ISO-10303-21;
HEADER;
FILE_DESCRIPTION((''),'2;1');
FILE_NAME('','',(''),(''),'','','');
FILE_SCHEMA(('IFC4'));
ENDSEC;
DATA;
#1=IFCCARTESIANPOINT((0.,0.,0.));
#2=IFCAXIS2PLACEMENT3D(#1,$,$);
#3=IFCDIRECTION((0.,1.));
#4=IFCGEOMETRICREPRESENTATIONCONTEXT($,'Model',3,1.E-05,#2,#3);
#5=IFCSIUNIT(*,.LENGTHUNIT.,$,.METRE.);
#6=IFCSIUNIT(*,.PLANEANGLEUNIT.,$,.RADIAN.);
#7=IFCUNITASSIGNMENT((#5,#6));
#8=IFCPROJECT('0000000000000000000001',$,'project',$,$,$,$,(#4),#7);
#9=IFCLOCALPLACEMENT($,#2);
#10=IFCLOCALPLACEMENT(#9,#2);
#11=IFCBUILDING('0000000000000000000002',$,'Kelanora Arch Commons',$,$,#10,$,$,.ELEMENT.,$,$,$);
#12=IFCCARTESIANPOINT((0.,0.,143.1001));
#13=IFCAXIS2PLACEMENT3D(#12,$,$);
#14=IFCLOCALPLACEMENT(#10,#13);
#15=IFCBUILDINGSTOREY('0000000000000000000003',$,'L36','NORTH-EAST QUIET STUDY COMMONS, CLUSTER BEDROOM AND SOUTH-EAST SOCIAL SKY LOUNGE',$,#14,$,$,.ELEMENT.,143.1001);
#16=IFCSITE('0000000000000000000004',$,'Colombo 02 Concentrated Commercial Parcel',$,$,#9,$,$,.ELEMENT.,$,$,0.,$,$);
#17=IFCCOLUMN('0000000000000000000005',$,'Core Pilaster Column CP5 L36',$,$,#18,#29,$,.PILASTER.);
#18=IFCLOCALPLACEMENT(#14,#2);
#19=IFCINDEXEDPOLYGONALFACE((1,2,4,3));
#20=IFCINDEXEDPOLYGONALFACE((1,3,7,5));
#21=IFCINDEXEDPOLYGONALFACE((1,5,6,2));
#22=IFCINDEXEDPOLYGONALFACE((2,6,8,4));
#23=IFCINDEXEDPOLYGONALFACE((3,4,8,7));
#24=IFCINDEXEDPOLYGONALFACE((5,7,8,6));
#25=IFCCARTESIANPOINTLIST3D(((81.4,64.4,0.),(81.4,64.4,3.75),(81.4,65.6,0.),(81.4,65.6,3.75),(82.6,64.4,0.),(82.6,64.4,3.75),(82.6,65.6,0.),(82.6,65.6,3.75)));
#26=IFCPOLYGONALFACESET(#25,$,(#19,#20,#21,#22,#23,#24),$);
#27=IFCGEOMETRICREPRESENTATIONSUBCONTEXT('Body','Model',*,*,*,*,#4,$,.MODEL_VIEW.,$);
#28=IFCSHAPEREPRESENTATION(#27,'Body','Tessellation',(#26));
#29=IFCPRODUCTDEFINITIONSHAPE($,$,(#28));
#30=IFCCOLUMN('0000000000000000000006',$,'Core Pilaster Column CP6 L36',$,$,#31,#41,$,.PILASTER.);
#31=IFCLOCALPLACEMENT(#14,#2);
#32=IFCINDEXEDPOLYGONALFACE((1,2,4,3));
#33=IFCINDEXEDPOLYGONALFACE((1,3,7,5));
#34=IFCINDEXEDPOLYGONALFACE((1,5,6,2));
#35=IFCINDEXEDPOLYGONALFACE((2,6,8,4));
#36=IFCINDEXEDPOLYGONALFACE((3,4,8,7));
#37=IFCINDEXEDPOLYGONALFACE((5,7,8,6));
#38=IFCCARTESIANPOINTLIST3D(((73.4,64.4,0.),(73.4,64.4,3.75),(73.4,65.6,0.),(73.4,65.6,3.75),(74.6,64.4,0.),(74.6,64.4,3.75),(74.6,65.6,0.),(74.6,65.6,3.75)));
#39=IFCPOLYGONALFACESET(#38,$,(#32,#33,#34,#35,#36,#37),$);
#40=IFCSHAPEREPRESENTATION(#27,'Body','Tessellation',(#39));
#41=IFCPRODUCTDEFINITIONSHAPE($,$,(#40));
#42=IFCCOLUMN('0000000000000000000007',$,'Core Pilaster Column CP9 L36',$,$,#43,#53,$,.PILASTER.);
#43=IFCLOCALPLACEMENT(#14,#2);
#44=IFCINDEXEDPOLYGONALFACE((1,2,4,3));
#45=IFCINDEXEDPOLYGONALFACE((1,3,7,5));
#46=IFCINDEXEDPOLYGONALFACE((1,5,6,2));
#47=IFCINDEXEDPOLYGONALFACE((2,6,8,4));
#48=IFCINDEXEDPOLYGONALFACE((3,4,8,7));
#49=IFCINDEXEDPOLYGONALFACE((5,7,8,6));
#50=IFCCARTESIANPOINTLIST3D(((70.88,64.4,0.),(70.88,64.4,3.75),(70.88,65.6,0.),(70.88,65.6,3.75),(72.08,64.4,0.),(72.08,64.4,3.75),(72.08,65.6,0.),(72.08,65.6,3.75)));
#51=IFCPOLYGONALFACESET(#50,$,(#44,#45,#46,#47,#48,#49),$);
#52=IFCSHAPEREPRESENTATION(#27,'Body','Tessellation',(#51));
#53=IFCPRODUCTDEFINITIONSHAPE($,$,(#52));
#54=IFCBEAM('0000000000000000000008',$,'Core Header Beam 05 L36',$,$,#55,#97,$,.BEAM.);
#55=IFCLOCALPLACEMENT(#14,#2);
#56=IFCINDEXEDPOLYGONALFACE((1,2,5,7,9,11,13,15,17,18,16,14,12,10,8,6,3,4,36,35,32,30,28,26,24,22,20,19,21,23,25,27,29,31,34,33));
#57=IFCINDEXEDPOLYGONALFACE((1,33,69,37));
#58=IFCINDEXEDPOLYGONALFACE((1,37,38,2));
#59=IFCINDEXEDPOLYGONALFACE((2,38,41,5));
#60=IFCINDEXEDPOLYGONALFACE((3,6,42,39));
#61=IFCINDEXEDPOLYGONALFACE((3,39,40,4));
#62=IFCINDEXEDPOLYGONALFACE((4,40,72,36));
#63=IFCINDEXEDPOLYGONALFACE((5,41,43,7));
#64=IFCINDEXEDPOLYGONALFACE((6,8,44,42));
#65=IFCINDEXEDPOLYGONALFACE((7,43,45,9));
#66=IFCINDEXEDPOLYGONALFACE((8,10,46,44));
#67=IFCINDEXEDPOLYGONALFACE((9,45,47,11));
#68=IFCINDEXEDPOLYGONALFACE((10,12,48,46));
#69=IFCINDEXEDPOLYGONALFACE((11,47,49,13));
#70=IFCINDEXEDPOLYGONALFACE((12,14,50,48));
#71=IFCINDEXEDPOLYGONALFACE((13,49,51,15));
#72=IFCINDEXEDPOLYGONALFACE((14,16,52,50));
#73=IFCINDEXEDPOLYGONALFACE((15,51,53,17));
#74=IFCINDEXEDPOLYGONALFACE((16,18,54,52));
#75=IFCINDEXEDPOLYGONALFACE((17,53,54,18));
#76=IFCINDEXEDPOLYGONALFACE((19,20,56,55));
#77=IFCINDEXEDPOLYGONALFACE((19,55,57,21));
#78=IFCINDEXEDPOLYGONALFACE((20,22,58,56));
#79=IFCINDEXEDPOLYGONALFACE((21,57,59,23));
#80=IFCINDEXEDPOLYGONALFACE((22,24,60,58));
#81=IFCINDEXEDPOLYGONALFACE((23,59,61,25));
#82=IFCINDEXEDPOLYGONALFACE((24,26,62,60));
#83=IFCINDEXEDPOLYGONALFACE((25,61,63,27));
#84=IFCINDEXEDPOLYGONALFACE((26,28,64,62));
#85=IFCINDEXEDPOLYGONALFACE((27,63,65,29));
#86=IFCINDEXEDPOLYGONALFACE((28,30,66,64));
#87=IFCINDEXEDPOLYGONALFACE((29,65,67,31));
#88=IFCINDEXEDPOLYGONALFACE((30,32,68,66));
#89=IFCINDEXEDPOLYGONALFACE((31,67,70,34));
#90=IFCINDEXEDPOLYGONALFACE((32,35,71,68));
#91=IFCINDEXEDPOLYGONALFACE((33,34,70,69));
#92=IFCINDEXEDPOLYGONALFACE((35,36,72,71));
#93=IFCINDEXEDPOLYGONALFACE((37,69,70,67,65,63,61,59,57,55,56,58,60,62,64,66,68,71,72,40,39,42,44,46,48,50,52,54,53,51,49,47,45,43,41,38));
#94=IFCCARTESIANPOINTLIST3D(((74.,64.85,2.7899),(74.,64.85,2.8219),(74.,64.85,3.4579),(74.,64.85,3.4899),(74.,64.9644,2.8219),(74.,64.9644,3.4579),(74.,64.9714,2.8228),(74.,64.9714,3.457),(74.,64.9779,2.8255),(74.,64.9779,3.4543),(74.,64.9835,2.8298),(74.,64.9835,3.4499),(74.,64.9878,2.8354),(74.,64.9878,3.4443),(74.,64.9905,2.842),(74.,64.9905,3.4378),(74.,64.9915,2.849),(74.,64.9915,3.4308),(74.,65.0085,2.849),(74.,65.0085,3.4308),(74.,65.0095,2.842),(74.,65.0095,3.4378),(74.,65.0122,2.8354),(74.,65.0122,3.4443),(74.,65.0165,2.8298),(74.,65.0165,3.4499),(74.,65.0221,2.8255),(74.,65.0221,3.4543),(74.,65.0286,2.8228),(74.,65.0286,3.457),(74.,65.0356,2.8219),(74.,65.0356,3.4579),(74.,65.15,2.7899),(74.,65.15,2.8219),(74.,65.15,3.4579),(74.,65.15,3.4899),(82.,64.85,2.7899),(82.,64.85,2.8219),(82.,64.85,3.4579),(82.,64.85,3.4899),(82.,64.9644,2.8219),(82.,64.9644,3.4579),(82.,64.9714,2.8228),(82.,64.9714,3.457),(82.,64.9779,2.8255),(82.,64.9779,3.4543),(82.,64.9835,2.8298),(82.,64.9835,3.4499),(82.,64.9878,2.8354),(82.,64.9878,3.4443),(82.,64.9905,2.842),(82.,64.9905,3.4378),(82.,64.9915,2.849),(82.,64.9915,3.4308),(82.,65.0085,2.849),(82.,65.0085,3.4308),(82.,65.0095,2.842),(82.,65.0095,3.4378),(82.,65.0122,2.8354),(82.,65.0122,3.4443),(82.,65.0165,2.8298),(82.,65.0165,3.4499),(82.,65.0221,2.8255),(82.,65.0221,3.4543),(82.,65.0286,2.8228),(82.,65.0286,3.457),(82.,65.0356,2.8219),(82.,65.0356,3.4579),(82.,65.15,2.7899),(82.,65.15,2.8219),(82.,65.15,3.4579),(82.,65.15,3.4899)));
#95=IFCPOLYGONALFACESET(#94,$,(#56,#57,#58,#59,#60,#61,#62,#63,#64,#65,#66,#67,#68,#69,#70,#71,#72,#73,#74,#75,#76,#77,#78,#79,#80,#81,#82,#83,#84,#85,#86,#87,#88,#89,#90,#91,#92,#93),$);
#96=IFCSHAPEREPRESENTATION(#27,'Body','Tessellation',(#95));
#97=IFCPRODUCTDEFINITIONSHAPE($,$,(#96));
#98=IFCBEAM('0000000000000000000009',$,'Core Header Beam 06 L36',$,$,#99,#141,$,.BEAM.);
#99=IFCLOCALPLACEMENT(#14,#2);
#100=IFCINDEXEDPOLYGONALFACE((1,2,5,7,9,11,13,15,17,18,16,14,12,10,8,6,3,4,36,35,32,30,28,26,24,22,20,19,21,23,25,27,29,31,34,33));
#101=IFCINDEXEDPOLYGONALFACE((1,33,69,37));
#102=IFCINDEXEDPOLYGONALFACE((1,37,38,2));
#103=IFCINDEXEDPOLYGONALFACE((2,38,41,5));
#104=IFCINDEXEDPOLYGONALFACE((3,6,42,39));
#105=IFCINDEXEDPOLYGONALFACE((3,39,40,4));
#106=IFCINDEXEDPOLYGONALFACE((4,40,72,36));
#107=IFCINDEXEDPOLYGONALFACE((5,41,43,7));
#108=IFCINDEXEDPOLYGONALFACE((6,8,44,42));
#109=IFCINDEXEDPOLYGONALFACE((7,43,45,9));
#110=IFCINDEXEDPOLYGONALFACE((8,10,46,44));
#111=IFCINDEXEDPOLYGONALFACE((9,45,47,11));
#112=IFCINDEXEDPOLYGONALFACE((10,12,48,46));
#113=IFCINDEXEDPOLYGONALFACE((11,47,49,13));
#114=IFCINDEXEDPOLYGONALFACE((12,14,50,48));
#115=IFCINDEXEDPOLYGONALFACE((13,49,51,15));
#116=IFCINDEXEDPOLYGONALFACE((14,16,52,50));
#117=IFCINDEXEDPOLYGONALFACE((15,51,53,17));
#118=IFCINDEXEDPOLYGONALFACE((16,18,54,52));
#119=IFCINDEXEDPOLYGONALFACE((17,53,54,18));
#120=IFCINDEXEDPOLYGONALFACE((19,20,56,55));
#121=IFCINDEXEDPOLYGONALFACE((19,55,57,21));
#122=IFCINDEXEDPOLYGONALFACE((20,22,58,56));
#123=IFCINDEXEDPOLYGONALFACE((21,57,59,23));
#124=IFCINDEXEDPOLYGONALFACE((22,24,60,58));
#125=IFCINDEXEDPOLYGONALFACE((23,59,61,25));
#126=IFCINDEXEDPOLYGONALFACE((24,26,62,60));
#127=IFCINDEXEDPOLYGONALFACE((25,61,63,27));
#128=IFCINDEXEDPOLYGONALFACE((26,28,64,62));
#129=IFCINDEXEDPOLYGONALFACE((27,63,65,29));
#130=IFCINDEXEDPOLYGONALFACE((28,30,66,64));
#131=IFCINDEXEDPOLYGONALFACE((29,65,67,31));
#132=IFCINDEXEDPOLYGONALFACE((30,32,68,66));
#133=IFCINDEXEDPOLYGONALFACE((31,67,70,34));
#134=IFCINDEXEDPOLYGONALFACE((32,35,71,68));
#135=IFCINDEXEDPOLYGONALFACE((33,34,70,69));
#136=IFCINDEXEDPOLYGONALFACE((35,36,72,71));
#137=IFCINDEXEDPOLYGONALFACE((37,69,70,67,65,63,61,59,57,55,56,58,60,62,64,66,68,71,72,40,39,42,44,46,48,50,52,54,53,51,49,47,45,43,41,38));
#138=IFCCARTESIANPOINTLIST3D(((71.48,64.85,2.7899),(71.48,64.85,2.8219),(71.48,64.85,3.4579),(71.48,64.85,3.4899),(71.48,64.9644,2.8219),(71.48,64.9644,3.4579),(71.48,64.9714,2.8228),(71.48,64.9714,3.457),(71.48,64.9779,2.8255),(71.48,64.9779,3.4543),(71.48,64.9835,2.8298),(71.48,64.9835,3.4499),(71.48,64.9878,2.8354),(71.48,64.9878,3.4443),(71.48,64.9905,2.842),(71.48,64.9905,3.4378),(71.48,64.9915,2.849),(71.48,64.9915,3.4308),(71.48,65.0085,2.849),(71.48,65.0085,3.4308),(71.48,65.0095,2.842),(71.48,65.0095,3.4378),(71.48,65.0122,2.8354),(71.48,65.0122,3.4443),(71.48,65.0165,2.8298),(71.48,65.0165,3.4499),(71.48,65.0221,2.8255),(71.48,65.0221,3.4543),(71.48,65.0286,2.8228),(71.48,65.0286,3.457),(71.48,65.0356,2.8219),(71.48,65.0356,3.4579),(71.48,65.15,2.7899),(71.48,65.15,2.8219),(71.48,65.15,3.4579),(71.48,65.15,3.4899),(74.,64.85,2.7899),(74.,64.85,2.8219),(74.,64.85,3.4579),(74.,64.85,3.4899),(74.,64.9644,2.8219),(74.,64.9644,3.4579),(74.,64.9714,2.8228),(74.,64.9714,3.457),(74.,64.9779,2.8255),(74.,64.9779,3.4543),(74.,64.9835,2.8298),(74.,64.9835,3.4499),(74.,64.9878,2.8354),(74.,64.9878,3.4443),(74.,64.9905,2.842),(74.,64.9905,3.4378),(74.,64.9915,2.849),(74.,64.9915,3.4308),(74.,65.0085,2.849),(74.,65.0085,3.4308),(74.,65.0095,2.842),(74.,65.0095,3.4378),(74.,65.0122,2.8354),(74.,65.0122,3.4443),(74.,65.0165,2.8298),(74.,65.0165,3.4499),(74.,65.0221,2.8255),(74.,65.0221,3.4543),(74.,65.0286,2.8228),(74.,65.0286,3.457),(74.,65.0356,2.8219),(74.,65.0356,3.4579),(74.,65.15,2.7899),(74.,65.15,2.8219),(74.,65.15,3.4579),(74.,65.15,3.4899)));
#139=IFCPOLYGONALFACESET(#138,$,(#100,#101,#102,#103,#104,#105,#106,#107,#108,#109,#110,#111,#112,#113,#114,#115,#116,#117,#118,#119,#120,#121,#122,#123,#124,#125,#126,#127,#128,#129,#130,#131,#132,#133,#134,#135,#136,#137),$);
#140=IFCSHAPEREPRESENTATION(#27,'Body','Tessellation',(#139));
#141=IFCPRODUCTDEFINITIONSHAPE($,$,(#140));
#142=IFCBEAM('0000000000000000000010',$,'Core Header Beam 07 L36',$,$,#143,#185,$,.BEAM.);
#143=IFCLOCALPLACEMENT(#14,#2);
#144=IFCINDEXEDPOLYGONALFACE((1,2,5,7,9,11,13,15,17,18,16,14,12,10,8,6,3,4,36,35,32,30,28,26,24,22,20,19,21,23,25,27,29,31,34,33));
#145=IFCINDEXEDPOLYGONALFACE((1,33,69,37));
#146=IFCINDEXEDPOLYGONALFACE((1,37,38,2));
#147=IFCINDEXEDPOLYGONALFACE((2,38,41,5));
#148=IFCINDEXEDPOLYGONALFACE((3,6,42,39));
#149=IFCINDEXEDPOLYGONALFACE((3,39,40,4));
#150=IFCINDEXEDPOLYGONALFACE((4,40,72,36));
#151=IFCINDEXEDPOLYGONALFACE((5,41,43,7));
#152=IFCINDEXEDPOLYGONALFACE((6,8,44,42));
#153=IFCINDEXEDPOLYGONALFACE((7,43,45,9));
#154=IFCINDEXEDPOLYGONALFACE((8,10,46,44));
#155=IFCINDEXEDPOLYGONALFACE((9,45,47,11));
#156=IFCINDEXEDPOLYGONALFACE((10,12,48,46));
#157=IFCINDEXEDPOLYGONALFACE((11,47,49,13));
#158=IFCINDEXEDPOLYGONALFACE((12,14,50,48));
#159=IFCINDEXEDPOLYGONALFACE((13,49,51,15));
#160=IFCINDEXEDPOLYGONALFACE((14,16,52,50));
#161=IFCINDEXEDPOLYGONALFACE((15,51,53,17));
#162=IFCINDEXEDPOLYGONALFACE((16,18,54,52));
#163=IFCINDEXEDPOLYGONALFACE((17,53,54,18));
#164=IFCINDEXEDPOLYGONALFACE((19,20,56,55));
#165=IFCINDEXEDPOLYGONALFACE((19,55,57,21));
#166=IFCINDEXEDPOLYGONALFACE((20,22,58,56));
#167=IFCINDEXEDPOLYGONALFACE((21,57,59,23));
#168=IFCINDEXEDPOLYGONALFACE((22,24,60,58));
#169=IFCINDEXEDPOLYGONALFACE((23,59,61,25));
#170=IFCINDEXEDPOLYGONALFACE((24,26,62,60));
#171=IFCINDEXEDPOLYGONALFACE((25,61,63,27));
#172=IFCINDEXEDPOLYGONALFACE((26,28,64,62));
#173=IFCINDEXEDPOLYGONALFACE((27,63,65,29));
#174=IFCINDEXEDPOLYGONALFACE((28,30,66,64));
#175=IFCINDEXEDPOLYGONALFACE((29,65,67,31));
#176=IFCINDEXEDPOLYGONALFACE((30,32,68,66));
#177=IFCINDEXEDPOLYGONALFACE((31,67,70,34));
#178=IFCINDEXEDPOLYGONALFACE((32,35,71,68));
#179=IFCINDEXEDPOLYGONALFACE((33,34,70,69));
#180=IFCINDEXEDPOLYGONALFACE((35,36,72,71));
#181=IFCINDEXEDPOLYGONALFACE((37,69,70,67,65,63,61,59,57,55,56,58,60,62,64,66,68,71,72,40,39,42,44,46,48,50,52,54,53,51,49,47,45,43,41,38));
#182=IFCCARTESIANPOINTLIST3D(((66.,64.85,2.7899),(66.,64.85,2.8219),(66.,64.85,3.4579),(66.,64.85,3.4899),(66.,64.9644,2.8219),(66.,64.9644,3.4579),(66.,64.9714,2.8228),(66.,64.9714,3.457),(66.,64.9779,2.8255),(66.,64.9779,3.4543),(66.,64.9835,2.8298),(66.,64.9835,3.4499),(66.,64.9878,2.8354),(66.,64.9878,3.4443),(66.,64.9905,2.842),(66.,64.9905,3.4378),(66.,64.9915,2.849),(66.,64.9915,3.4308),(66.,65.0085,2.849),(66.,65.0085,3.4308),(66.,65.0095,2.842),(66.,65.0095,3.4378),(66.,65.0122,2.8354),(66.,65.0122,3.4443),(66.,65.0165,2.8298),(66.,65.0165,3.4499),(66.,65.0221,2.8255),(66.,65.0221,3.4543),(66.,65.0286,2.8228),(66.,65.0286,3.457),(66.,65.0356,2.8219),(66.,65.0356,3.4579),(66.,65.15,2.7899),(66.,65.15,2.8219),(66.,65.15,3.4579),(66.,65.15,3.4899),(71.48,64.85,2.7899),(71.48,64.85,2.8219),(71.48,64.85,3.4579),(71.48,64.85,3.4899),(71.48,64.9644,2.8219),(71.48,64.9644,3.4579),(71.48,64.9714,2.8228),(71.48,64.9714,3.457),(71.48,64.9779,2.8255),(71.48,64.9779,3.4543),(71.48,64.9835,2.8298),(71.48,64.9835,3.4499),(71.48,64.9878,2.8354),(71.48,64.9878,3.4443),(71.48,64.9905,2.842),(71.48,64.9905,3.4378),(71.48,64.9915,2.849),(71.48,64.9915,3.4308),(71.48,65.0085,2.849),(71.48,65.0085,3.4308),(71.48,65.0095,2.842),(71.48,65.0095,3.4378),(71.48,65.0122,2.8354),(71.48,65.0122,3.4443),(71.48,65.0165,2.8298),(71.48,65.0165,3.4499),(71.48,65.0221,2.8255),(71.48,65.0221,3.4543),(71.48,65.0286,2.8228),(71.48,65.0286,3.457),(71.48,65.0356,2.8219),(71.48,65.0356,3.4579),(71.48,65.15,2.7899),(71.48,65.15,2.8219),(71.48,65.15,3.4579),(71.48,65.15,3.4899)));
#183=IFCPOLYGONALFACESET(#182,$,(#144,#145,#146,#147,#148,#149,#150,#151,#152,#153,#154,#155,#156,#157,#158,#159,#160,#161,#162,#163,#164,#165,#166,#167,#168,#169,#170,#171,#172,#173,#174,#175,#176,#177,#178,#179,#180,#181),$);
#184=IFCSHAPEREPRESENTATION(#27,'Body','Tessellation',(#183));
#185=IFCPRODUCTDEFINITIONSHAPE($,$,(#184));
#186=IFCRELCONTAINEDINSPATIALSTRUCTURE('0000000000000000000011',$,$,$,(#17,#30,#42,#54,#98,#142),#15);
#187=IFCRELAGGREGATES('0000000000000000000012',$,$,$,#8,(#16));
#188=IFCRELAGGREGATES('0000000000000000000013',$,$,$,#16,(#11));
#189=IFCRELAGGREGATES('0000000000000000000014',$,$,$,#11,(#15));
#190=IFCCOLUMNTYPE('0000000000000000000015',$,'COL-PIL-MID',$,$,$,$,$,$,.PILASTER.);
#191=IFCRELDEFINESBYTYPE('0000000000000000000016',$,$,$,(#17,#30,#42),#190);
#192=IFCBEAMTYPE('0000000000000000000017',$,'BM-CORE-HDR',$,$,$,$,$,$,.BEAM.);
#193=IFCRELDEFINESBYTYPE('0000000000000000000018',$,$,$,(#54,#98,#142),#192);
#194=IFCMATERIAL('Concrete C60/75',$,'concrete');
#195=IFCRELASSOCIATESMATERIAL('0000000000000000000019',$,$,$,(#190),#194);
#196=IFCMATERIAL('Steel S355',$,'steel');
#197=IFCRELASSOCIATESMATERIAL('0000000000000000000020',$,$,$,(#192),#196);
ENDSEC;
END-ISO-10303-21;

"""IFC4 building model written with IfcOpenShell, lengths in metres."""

from ifc_helpers import new_model, si_unit, direction, frame, origin, origin_2d, place, context, subcontext, project, spatial, rectangle, i_section, extrude, material, material_profile, profile_set, type_object, element, save


model = new_model("IFC4")

# Units and contexts
model_context = context("Model", 3, precision=1e-05, world=origin(), true_north=direction((0.0, 1.0)))
body_context = subcontext(model_context, "Body", "Model", "MODEL_VIEW")
ifc_project = project(units=[si_unit("LENGTHUNIT", "METRE"), si_unit("PLANEANGLEUNIT", "RADIAN")], contexts=[model_context])

# Site, building, storey
site_placement = place(None, origin())
site = spatial("IfcSite", under=ifc_project, at=site_placement, Name="Colombo 02 Concentrated Commercial Parcel", CompositionType="ELEMENT", RefElevation=0.0)
building_placement = place(site_placement, origin())
building = spatial("IfcBuilding", under=site, at=building_placement, Name="Kelanora Arch Commons", CompositionType="ELEMENT")
storey_placement = place(building_placement, frame((0.0, 0.0, 143.1001)))
storey = spatial("IfcBuildingStorey", under=building, at=storey_placement, Name="L36", Description="NORTH-EAST QUIET STUDY COMMONS, CLUSTER BEDROOM AND SOUTH-EAST SOCIAL SKY LOUNGE", CompositionType="ELEMENT", Elevation=143.1001)

# Columns
ifc_material_1 = material(Name="Concrete C60/75", Category="concrete")
ifc_material_profile_1 = material_profile(ifc_material_1, rectangle(XDim=1.2, YDim=1.2, at=origin_2d()), Name="RC1200x1200")
ifc_profile_set_1 = profile_set([ifc_material_profile_1], Name="Concrete C60/75")
column_type = type_object("IfcColumnType", Name="COL-PIL-MID", PredefinedType="PILASTER", material=ifc_profile_set_1)
for number, where, z_axis, x_axis, name in (
    (1, (82.0, 65.0, 0.0), (0.0, 0.0, 1.0), (1.0, 0.0, 0.0), "Core Pilaster Column CP5 L36"),
    (2, (74.0, 65.0, 0.0), (0.0, 0.0, 1.0), (1.0, 0.0, 0.0), "Core Pilaster Column CP6 L36"),
    (3, (71.48, 65.0, 0.0), (0.0, 0.0, 1.0), (1.0, 0.0, 0.0), "Core Pilaster Column CP9 L36"),
):
    element("IfcColumn", number, at=place(storey_placement, frame(where, z_axis=z_axis, x_axis=x_axis)), inside=storey, type_object=column_type, Name=name, PredefinedType="PILASTER", context=body_context, shape_type="SweptSolid", body=[
        extrude(rectangle(XDim=1.2, YDim=1.2, at=origin_2d()), origin(), (0.0, 0.0, 1.0), 3.75),
    ])

# Beams
ifc_material_2 = material(Name="Steel S355", Category="steel")
ifc_material_profile_2 = material_profile(ifc_material_2, i_section(OverallWidth=0.3, OverallDepth=0.7, WebThickness=0.0171, FlangeThickness=0.032, FilletRadius=0.0271, at=origin_2d()), Name="HEB700")
ifc_profile_set_2 = profile_set([ifc_material_profile_2], Name="Steel S355")
beam_type_1 = type_object("IfcBeamType", Name="BM-CORE-HDR", PredefinedType="BEAM", material=ifc_profile_set_2)
beam_1_placement = place(storey_placement, frame((82.0, 65.0, 3.1399), z_axis=(-1.0, 0.0, 0.0), x_axis=(0.0, -1.0, 0.0)))
element("IfcBeam", 4, at=beam_1_placement, inside=storey, type_object=beam_type_1, Name="Core Header Beam 05 L36", PredefinedType="BEAM", context=body_context, shape_type="SweptSolid", body=[
    extrude(i_section(OverallWidth=0.3, OverallDepth=0.7, WebThickness=0.0171, FlangeThickness=0.032, FilletRadius=0.0271, at=origin_2d()), origin(), (0.0, 0.0, 1.0), 8.0),
])
beam_2_placement = place(storey_placement, frame((74.0, 65.0, 3.1399), z_axis=(-1.0, 0.0, 0.0), x_axis=(0.0, -1.0, 0.0)))
element("IfcBeam", 5, at=beam_2_placement, inside=storey, type_object=beam_type_1, Name="Core Header Beam 06 L36", PredefinedType="BEAM", context=body_context, shape_type="SweptSolid", body=[
    extrude(i_section(OverallWidth=0.3, OverallDepth=0.7, WebThickness=0.0171, FlangeThickness=0.032, FilletRadius=0.0271, at=origin_2d()), origin(), (0.0, 0.0, 1.0), 2.52),
])
beam_3_placement = place(storey_placement, frame((71.48, 65.0, 3.1399), z_axis=(-1.0, 0.0, 0.0), x_axis=(0.0, -1.0, 0.0)))
element("IfcBeam", 6, at=beam_3_placement, inside=storey, type_object=beam_type_1, Name="Core Header Beam 07 L36", PredefinedType="BEAM", context=body_context, shape_type="SweptSolid", body=[
    extrude(i_section(OverallWidth=0.3, OverallDepth=0.7, WebThickness=0.0171, FlangeThickness=0.032, FilletRadius=0.0271, at=origin_2d()), origin(), (0.0, 0.0, 1.0), 5.48),
])

save(model, "model.ifc")
